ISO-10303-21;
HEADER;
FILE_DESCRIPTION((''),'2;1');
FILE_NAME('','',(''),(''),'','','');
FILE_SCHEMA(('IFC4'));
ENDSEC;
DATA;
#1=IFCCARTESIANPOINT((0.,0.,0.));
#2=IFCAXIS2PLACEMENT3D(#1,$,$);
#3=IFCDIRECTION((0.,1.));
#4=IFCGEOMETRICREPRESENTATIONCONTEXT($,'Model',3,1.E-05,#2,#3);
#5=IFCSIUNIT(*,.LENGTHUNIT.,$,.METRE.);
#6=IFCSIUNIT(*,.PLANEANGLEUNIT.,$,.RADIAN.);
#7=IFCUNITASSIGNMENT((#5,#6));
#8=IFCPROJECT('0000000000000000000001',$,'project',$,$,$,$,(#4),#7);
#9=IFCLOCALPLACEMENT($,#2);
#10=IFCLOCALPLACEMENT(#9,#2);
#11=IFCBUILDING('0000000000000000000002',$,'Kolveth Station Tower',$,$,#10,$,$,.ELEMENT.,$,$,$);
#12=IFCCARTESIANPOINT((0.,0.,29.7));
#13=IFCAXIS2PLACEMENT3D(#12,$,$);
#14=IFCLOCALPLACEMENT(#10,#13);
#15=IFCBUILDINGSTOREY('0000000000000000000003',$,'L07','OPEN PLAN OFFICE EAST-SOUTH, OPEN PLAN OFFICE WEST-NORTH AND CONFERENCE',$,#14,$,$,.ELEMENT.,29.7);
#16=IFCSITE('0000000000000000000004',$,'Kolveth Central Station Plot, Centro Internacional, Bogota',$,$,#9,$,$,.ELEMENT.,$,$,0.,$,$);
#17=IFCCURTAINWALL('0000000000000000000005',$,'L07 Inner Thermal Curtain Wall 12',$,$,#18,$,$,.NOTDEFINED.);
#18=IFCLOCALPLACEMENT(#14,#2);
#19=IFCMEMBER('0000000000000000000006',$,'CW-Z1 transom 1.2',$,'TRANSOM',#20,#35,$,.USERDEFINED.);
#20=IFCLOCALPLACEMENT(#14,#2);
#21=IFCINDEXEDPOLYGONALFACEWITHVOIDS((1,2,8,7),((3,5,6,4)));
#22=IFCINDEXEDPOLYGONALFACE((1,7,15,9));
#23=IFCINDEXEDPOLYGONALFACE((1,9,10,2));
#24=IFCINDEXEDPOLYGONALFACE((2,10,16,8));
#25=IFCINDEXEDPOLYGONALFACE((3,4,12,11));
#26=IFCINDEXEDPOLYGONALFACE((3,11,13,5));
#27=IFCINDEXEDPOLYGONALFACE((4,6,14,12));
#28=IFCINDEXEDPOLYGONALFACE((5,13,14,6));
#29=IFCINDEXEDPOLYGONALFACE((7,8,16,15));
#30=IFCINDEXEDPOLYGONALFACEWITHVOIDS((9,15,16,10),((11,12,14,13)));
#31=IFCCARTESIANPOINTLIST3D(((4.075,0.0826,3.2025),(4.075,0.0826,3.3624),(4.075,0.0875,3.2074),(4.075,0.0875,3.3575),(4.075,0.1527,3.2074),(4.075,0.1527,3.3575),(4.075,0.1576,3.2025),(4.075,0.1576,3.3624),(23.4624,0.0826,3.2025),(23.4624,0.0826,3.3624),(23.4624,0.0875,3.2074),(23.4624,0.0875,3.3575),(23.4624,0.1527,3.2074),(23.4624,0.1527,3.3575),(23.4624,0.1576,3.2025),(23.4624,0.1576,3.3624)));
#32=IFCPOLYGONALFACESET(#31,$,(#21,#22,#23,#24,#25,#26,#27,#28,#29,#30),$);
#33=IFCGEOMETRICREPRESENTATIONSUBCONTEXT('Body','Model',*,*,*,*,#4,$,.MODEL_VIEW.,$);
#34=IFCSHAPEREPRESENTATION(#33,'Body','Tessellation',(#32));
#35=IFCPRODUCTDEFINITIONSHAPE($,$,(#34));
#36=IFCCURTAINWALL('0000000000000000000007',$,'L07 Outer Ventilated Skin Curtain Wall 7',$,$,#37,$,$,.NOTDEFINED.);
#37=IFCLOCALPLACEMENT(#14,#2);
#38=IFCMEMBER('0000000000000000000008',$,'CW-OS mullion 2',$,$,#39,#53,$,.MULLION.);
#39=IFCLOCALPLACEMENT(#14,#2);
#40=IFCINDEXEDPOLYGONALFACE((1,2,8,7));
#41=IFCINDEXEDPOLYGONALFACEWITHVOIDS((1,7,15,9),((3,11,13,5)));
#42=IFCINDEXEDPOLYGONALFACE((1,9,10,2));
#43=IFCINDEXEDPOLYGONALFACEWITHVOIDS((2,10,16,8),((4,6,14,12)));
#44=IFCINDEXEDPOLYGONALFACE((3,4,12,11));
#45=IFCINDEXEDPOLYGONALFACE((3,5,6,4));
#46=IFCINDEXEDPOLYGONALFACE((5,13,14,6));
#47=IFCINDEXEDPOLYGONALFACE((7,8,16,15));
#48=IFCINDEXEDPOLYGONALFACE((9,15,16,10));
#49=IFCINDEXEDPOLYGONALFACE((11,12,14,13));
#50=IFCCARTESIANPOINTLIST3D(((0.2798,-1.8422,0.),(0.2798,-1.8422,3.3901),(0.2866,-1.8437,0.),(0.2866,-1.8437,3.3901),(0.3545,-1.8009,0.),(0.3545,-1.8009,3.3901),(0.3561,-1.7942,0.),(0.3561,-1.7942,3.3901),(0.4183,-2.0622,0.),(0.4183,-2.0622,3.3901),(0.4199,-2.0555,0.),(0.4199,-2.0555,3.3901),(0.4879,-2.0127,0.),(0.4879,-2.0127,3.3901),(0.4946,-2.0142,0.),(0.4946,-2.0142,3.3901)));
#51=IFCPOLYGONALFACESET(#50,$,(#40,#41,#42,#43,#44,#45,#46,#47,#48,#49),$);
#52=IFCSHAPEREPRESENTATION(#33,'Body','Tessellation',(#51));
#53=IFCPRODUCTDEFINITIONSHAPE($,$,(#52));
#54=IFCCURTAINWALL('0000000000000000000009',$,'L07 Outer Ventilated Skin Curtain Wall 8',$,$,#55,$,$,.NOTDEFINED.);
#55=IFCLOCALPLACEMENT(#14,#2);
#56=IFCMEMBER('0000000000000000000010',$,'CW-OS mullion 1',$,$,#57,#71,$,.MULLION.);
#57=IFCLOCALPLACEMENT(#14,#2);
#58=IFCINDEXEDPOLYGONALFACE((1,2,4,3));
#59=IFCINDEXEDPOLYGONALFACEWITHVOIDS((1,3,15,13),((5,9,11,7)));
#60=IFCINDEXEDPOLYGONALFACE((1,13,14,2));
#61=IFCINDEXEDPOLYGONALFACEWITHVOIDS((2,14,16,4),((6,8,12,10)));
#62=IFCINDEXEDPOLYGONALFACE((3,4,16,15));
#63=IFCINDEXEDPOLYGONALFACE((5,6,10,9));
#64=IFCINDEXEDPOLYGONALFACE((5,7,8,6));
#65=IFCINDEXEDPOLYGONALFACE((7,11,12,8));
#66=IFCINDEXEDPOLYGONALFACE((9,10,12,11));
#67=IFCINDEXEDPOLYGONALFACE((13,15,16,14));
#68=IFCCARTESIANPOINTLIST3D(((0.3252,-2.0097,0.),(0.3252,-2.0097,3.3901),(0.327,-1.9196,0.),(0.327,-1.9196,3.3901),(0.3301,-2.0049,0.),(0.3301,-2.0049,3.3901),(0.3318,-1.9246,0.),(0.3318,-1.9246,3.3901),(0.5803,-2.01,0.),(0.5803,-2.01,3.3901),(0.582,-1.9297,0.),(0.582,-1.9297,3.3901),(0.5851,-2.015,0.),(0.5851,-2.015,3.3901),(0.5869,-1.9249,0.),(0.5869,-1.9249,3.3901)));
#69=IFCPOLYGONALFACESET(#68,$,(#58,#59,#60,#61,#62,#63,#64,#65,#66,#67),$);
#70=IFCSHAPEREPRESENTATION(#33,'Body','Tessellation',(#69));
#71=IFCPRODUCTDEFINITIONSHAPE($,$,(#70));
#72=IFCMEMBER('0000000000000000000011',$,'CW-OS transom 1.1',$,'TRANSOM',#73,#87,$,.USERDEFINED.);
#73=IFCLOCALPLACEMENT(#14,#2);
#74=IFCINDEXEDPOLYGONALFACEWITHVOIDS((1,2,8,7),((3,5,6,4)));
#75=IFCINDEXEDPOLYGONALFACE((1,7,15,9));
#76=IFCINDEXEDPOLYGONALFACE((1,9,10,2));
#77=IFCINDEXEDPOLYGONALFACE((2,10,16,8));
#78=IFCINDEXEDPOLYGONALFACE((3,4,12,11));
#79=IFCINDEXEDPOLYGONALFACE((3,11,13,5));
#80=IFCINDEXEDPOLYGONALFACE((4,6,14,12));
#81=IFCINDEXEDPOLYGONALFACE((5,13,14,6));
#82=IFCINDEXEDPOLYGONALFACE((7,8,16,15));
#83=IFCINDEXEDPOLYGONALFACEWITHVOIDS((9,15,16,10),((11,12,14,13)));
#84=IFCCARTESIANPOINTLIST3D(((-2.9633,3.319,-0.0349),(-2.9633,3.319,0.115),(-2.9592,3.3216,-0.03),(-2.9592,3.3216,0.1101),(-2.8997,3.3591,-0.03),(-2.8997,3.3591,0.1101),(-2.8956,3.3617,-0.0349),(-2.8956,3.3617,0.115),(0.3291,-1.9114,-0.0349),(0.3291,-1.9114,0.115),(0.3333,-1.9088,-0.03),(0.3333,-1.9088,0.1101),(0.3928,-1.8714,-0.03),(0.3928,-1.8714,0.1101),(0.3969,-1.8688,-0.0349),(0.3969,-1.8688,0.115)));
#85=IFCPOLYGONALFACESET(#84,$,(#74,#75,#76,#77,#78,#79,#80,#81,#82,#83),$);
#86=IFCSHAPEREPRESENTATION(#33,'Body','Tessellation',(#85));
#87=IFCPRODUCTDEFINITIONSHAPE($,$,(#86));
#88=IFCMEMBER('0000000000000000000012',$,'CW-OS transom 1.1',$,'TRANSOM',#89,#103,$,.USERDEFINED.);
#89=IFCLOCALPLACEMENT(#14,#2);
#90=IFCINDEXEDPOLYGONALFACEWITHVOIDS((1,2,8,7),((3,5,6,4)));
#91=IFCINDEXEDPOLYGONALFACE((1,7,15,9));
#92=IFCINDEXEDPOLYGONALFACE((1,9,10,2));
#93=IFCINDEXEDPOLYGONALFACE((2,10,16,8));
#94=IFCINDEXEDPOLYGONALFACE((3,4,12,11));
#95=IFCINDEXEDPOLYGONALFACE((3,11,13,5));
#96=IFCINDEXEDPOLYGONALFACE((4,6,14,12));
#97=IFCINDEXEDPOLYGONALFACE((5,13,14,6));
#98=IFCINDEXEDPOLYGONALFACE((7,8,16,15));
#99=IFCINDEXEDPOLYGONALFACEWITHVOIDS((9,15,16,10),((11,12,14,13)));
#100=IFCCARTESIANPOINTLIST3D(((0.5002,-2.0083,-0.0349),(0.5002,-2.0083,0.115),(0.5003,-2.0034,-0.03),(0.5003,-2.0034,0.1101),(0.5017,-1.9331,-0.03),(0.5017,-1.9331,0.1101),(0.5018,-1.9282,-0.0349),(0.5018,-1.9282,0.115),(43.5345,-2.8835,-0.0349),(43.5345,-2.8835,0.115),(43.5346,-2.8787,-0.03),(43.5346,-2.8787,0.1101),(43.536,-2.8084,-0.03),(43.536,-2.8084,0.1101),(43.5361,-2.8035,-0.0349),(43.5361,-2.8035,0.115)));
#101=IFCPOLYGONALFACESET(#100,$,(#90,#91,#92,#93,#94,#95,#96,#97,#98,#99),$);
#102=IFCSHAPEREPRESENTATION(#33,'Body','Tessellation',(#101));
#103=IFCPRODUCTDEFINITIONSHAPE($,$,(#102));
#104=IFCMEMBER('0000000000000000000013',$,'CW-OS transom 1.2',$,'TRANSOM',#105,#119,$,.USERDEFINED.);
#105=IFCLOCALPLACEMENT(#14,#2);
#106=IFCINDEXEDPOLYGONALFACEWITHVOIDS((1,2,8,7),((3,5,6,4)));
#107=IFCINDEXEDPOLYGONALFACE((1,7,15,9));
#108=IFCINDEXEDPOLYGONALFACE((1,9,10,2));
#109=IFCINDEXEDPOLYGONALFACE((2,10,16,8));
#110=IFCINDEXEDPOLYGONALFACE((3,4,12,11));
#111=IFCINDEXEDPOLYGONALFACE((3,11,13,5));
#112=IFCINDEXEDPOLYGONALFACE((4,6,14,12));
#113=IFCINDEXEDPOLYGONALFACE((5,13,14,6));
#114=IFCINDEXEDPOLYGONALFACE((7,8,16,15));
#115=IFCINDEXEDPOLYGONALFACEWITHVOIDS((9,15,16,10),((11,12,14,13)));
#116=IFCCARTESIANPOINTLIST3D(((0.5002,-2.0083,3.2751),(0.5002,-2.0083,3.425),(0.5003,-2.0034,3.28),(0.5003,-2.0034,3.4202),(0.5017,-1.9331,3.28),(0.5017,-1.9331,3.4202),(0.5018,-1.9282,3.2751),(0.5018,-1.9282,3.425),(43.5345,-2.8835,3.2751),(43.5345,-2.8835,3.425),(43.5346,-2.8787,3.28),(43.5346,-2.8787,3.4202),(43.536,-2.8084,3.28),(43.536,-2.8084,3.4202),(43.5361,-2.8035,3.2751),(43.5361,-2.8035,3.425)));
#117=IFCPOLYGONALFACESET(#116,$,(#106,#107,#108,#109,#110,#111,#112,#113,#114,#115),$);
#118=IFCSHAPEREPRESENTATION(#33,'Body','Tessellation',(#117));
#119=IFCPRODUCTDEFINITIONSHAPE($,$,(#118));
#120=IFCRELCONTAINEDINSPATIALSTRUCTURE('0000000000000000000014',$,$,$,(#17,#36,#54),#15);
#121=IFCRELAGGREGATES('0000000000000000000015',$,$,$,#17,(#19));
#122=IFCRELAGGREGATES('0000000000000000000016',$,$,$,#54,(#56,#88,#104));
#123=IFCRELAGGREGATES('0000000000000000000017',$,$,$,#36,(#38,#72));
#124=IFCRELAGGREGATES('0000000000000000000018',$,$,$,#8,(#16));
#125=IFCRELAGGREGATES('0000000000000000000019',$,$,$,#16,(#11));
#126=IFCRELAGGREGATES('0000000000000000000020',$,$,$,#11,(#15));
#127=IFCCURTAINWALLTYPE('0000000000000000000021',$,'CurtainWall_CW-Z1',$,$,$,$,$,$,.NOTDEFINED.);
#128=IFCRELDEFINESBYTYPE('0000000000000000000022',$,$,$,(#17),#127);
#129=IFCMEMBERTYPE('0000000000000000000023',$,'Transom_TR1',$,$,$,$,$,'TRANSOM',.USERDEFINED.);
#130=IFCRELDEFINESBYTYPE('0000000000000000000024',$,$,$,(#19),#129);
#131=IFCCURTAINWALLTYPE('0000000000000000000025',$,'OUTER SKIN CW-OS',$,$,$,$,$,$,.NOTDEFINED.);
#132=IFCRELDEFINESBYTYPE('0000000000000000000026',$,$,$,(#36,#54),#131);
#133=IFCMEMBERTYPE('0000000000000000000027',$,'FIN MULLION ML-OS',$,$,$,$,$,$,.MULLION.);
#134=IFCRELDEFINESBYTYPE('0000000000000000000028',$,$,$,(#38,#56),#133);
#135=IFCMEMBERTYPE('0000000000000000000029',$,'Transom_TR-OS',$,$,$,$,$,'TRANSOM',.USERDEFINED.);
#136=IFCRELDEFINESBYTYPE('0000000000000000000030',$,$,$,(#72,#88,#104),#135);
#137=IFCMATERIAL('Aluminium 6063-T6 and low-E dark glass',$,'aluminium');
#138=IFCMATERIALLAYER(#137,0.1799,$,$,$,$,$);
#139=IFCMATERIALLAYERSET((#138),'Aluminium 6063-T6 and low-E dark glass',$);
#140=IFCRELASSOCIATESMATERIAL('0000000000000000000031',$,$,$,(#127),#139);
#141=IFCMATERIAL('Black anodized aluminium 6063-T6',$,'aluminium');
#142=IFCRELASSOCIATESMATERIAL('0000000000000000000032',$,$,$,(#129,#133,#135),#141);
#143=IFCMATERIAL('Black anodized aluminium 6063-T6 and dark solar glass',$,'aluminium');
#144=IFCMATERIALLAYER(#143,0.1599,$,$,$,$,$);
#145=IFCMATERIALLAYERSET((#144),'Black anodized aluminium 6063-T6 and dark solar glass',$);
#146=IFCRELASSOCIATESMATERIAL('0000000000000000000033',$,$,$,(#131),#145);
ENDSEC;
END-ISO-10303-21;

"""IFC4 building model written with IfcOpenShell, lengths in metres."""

from ifc_helpers import new_model, si_unit, direction, frame, origin, origin_2d, place, context, subcontext, project, spatial, hollow_rectangle, extrude, source, transform, mapped, material, layer, layer_set, material_profile, profile_set, type_object, element, aggregate, save


model = new_model("IFC4")

# Units and contexts
model_context = context("Model", 3, precision=1e-05, world=origin(), true_north=direction((0.0, 1.0)))
body_context = subcontext(model_context, "Body", "Model", "MODEL_VIEW")
ifc_project = project(units=[si_unit("LENGTHUNIT", "METRE"), si_unit("PLANEANGLEUNIT", "RADIAN")], contexts=[model_context])

# Site, building, storey
site_placement = place(None, origin())
site = spatial("IfcSite", under=ifc_project, at=site_placement, Name="Kolveth Central Station Plot, Centro Internacional, Bogota", CompositionType="ELEMENT", RefElevation=0.0)
building_placement = place(site_placement, origin())
building = spatial("IfcBuilding", under=site, at=building_placement, Name="Kolveth Station Tower", CompositionType="ELEMENT")
storey_placement = place(building_placement, frame((0.0, 0.0, 29.7)))
storey = spatial("IfcBuildingStorey", under=building, at=storey_placement, Name="L07", Description="OPEN PLAN OFFICE EAST-SOUTH, OPEN PLAN OFFICE WEST-NORTH AND CONFERENCE", CompositionType="ELEMENT", Elevation=29.7)

# Shared definitions
ifc_material_1 = material(Name="Aluminium 6063-T6 and low-E dark glass", Category="aluminium")
ifc_layer_1 = layer(ifc_material_1, 0.1799)
ifc_layer_set_1 = layer_set([ifc_layer_1], Name="Aluminium 6063-T6 and low-E dark glass")
curtain_wall_type_1 = type_object("IfcCurtainWallType", Name="CurtainWall_CW-Z1", PredefinedType="NOTDEFINED", material=ifc_layer_set_1)
ifc_material_2 = material(Name="Black anodized aluminium 6063-T6", Category="aluminium")

# Curtain wall
curtain_wall_1_placement = place(storey_placement, origin())
curtain_wall_1 = element("IfcCurtainWall", 1, at=curtain_wall_1_placement, inside=storey, type_object=curtain_wall_type_1, Name="L07 Inner Thermal Curtain Wall 12", PredefinedType="NOTDEFINED")

# Member
ifc_material_profile_1 = material_profile(ifc_material_2, hollow_rectangle(XDim=0.075, YDim=0.1599, WallThickness=0.0049, at=origin_2d()), Name="ALU-75x160x5")
ifc_profile_set_1 = profile_set([ifc_material_profile_1], Name="Black anodized aluminium 6063-T6")
member_type_1 = type_object("IfcMemberType", Name="Transom_TR1", ElementType="TRANSOM", PredefinedType="USERDEFINED", material=ifc_profile_set_1)
shared_shape_1 = source(origin(), body_context, "Body", "SweptSolid", [
    extrude(hollow_rectangle(XDim=0.075, YDim=0.1599, WallThickness=0.0049, at=origin_2d()), origin(), (0.0, 0.0, 1.0), 19.3875),
])
member_1_placement = place(storey_placement, frame((4.075, 0.1201, 3.2825), z_axis=(1.0, 0.0, 0.0), x_axis=(0.0, 1.0, 0.0)))
member_1 = element("IfcMember", 2, at=member_1_placement, type_object=member_type_1, Name="CW-Z1 transom 1.2", ObjectType="TRANSOM", PredefinedType="USERDEFINED", context=body_context, shape_type="MappedRepresentation", body=[
    mapped(shared_shape_1, transform((0.0, 0.0, 0.0), x_axis=(1.0, 0.0, 0.0), y_axis=(0.0, 1.0, 0.0), z_axis=(0.0, 0.0, 1.0), scale=1.0)),
])
aggregate(curtain_wall_1, [member_1])

# Curtain walls, members
ifc_material_3 = material(Name="Black anodized aluminium 6063-T6 and dark solar glass", Category="aluminium")
ifc_layer_2 = layer(ifc_material_3, 0.1599)
ifc_layer_set_2 = layer_set([ifc_layer_2], Name="Black anodized aluminium 6063-T6 and dark solar glass")
curtain_wall_type_2 = type_object("IfcCurtainWallType", Name="OUTER SKIN CW-OS", PredefinedType="NOTDEFINED", material=ifc_layer_set_2)
curtain_wall_2_placement = place(storey_placement, origin())
curtain_wall_2 = element("IfcCurtainWall", 3, at=curtain_wall_2_placement, inside=storey, type_object=curtain_wall_type_2, Name="L07 Outer Ventilated Skin Curtain Wall 7", PredefinedType="NOTDEFINED")
ifc_material_profile_2 = material_profile(ifc_material_2, hollow_rectangle(XDim=0.0901, YDim=0.26, WallThickness=0.0049, at=origin_2d()), Name="ALU-90x260x5")
ifc_profile_set_2 = profile_set([ifc_material_profile_2], Name="Black anodized aluminium 6063-T6")
member_type_2 = type_object("IfcMemberType", Name="FIN MULLION ML-OS", PredefinedType="MULLION", material=ifc_profile_set_2)
shared_shape_2 = source(origin(), body_context, "Body", "SweptSolid", [
    extrude(hollow_rectangle(XDim=0.0901, YDim=0.26, WallThickness=0.0049, at=origin_2d()), origin(), (0.0, 0.0, 1.0), 3.3901),
])
member_2_placement = place(storey_placement, frame((0.3872, -1.9282, 0.0), z_axis=(0.0, 0.0, 1.0), x_axis=(0.846289, 0.532724, 0.0)))
member_2 = element("IfcMember", 4, at=member_2_placement, type_object=member_type_2, Name="CW-OS mullion 2", PredefinedType="MULLION", context=body_context, shape_type="MappedRepresentation", body=[
    mapped(shared_shape_2, transform((0.0, 0.0, 0.0), x_axis=(1.0, 0.0, 0.0), y_axis=(0.0, 1.0, 0.0), z_axis=(0.0, 0.0, 1.0), scale=1.0)),
])
curtain_wall_3_placement = place(storey_placement, origin())
curtain_wall_3 = element("IfcCurtainWall", 5, at=curtain_wall_3_placement, inside=storey, type_object=curtain_wall_type_2, Name="L07 Outer Ventilated Skin Curtain Wall 8", PredefinedType="NOTDEFINED")
member_3_placement = place(storey_placement, frame((0.4561, -1.9673, 0.0), z_axis=(0.0, 0.0, 1.0), x_axis=(0.020334, 0.999793, 0.0)))
member_3 = element("IfcMember", 6, at=member_3_placement, type_object=member_type_2, Name="CW-OS mullion 1", PredefinedType="MULLION", context=body_context, shape_type="MappedRepresentation", body=[
    mapped(shared_shape_2, transform((0.0, 0.0, 0.0), x_axis=(1.0, 0.0, 0.0), y_axis=(0.0, 1.0, 0.0), z_axis=(0.0, 0.0, 1.0), scale=1.0)),
])

# Members
ifc_material_profile_3 = material_profile(ifc_material_2, hollow_rectangle(XDim=0.0801, YDim=0.1499, WallThickness=0.0049, at=origin_2d()), Name="ALU-80x150x5")
ifc_profile_set_3 = profile_set([ifc_material_profile_3], Name="Black anodized aluminium 6063-T6")
member_type_3 = type_object("IfcMemberType", Name="Transom_TR-OS", ElementType="TRANSOM", PredefinedType="USERDEFINED", material=ifc_profile_set_3)
shared_shape_3 = source(origin(), body_context, "Body", "SweptSolid", [
    extrude(hollow_rectangle(XDim=0.0801, YDim=0.1499, WallThickness=0.0049, at=origin_2d()), origin(), (0.0, 0.0, 1.0), 6.1804),
])
member_4_placement = place(storey_placement, frame((-2.9294, 3.3403, 0.04), z_axis=(0.532723, -0.84629, 0.0), x_axis=(0.84629, 0.532723, 0.0)))
member_4 = element("IfcMember", 7, at=member_4_placement, type_object=member_type_3, Name="CW-OS transom 1.1", ObjectType="TRANSOM", PredefinedType="USERDEFINED", context=body_context, shape_type="MappedRepresentation", body=[
    mapped(shared_shape_3, transform((0.0, 0.0, 0.0), x_axis=(1.0, 0.0, 0.0), y_axis=(0.0, 1.0, 0.0), z_axis=(0.0, 0.0, 1.0), scale=1.0)),
])
shared_shape_4 = source(origin(), body_context, "Body", "SweptSolid", [
    extrude(hollow_rectangle(XDim=0.0801, YDim=0.1499, WallThickness=0.0049, at=origin_2d()), origin(), (0.0, 0.0, 1.0), 43.0432),
])
member_5_placement = place(storey_placement, frame((0.501, -1.9683, 0.04), z_axis=(0.999793, -0.020334, 0.0), x_axis=(0.020334, 0.999793, 0.0)))
member_5 = element("IfcMember", 8, at=member_5_placement, type_object=member_type_3, Name="CW-OS transom 1.1", ObjectType="TRANSOM", PredefinedType="USERDEFINED", context=body_context, shape_type="MappedRepresentation", body=[
    mapped(shared_shape_4, transform((0.0, 0.0, 0.0), x_axis=(1.0, 0.0, 0.0), y_axis=(0.0, 1.0, 0.0), z_axis=(0.0, 0.0, 1.0), scale=1.0)),
])
member_6_placement = place(storey_placement, frame((0.501, -1.9683, 3.3501), z_axis=(0.999793, -0.020334, 0.0), x_axis=(0.020334, 0.999793, 0.0)))
member_6 = element("IfcMember", 9, at=member_6_placement, type_object=member_type_3, Name="CW-OS transom 1.2", ObjectType="TRANSOM", PredefinedType="USERDEFINED", context=body_context, shape_type="MappedRepresentation", body=[
    mapped(shared_shape_4, transform((0.0, 0.0, 0.0), x_axis=(1.0, 0.0, 0.0), y_axis=(0.0, 1.0, 0.0), z_axis=(0.0, 0.0, 1.0), scale=1.0)),
])
aggregate(curtain_wall_3, [member_3, member_5, member_6])

aggregate(curtain_wall_2, [member_2, member_4])

save(model, "model.ifc")
